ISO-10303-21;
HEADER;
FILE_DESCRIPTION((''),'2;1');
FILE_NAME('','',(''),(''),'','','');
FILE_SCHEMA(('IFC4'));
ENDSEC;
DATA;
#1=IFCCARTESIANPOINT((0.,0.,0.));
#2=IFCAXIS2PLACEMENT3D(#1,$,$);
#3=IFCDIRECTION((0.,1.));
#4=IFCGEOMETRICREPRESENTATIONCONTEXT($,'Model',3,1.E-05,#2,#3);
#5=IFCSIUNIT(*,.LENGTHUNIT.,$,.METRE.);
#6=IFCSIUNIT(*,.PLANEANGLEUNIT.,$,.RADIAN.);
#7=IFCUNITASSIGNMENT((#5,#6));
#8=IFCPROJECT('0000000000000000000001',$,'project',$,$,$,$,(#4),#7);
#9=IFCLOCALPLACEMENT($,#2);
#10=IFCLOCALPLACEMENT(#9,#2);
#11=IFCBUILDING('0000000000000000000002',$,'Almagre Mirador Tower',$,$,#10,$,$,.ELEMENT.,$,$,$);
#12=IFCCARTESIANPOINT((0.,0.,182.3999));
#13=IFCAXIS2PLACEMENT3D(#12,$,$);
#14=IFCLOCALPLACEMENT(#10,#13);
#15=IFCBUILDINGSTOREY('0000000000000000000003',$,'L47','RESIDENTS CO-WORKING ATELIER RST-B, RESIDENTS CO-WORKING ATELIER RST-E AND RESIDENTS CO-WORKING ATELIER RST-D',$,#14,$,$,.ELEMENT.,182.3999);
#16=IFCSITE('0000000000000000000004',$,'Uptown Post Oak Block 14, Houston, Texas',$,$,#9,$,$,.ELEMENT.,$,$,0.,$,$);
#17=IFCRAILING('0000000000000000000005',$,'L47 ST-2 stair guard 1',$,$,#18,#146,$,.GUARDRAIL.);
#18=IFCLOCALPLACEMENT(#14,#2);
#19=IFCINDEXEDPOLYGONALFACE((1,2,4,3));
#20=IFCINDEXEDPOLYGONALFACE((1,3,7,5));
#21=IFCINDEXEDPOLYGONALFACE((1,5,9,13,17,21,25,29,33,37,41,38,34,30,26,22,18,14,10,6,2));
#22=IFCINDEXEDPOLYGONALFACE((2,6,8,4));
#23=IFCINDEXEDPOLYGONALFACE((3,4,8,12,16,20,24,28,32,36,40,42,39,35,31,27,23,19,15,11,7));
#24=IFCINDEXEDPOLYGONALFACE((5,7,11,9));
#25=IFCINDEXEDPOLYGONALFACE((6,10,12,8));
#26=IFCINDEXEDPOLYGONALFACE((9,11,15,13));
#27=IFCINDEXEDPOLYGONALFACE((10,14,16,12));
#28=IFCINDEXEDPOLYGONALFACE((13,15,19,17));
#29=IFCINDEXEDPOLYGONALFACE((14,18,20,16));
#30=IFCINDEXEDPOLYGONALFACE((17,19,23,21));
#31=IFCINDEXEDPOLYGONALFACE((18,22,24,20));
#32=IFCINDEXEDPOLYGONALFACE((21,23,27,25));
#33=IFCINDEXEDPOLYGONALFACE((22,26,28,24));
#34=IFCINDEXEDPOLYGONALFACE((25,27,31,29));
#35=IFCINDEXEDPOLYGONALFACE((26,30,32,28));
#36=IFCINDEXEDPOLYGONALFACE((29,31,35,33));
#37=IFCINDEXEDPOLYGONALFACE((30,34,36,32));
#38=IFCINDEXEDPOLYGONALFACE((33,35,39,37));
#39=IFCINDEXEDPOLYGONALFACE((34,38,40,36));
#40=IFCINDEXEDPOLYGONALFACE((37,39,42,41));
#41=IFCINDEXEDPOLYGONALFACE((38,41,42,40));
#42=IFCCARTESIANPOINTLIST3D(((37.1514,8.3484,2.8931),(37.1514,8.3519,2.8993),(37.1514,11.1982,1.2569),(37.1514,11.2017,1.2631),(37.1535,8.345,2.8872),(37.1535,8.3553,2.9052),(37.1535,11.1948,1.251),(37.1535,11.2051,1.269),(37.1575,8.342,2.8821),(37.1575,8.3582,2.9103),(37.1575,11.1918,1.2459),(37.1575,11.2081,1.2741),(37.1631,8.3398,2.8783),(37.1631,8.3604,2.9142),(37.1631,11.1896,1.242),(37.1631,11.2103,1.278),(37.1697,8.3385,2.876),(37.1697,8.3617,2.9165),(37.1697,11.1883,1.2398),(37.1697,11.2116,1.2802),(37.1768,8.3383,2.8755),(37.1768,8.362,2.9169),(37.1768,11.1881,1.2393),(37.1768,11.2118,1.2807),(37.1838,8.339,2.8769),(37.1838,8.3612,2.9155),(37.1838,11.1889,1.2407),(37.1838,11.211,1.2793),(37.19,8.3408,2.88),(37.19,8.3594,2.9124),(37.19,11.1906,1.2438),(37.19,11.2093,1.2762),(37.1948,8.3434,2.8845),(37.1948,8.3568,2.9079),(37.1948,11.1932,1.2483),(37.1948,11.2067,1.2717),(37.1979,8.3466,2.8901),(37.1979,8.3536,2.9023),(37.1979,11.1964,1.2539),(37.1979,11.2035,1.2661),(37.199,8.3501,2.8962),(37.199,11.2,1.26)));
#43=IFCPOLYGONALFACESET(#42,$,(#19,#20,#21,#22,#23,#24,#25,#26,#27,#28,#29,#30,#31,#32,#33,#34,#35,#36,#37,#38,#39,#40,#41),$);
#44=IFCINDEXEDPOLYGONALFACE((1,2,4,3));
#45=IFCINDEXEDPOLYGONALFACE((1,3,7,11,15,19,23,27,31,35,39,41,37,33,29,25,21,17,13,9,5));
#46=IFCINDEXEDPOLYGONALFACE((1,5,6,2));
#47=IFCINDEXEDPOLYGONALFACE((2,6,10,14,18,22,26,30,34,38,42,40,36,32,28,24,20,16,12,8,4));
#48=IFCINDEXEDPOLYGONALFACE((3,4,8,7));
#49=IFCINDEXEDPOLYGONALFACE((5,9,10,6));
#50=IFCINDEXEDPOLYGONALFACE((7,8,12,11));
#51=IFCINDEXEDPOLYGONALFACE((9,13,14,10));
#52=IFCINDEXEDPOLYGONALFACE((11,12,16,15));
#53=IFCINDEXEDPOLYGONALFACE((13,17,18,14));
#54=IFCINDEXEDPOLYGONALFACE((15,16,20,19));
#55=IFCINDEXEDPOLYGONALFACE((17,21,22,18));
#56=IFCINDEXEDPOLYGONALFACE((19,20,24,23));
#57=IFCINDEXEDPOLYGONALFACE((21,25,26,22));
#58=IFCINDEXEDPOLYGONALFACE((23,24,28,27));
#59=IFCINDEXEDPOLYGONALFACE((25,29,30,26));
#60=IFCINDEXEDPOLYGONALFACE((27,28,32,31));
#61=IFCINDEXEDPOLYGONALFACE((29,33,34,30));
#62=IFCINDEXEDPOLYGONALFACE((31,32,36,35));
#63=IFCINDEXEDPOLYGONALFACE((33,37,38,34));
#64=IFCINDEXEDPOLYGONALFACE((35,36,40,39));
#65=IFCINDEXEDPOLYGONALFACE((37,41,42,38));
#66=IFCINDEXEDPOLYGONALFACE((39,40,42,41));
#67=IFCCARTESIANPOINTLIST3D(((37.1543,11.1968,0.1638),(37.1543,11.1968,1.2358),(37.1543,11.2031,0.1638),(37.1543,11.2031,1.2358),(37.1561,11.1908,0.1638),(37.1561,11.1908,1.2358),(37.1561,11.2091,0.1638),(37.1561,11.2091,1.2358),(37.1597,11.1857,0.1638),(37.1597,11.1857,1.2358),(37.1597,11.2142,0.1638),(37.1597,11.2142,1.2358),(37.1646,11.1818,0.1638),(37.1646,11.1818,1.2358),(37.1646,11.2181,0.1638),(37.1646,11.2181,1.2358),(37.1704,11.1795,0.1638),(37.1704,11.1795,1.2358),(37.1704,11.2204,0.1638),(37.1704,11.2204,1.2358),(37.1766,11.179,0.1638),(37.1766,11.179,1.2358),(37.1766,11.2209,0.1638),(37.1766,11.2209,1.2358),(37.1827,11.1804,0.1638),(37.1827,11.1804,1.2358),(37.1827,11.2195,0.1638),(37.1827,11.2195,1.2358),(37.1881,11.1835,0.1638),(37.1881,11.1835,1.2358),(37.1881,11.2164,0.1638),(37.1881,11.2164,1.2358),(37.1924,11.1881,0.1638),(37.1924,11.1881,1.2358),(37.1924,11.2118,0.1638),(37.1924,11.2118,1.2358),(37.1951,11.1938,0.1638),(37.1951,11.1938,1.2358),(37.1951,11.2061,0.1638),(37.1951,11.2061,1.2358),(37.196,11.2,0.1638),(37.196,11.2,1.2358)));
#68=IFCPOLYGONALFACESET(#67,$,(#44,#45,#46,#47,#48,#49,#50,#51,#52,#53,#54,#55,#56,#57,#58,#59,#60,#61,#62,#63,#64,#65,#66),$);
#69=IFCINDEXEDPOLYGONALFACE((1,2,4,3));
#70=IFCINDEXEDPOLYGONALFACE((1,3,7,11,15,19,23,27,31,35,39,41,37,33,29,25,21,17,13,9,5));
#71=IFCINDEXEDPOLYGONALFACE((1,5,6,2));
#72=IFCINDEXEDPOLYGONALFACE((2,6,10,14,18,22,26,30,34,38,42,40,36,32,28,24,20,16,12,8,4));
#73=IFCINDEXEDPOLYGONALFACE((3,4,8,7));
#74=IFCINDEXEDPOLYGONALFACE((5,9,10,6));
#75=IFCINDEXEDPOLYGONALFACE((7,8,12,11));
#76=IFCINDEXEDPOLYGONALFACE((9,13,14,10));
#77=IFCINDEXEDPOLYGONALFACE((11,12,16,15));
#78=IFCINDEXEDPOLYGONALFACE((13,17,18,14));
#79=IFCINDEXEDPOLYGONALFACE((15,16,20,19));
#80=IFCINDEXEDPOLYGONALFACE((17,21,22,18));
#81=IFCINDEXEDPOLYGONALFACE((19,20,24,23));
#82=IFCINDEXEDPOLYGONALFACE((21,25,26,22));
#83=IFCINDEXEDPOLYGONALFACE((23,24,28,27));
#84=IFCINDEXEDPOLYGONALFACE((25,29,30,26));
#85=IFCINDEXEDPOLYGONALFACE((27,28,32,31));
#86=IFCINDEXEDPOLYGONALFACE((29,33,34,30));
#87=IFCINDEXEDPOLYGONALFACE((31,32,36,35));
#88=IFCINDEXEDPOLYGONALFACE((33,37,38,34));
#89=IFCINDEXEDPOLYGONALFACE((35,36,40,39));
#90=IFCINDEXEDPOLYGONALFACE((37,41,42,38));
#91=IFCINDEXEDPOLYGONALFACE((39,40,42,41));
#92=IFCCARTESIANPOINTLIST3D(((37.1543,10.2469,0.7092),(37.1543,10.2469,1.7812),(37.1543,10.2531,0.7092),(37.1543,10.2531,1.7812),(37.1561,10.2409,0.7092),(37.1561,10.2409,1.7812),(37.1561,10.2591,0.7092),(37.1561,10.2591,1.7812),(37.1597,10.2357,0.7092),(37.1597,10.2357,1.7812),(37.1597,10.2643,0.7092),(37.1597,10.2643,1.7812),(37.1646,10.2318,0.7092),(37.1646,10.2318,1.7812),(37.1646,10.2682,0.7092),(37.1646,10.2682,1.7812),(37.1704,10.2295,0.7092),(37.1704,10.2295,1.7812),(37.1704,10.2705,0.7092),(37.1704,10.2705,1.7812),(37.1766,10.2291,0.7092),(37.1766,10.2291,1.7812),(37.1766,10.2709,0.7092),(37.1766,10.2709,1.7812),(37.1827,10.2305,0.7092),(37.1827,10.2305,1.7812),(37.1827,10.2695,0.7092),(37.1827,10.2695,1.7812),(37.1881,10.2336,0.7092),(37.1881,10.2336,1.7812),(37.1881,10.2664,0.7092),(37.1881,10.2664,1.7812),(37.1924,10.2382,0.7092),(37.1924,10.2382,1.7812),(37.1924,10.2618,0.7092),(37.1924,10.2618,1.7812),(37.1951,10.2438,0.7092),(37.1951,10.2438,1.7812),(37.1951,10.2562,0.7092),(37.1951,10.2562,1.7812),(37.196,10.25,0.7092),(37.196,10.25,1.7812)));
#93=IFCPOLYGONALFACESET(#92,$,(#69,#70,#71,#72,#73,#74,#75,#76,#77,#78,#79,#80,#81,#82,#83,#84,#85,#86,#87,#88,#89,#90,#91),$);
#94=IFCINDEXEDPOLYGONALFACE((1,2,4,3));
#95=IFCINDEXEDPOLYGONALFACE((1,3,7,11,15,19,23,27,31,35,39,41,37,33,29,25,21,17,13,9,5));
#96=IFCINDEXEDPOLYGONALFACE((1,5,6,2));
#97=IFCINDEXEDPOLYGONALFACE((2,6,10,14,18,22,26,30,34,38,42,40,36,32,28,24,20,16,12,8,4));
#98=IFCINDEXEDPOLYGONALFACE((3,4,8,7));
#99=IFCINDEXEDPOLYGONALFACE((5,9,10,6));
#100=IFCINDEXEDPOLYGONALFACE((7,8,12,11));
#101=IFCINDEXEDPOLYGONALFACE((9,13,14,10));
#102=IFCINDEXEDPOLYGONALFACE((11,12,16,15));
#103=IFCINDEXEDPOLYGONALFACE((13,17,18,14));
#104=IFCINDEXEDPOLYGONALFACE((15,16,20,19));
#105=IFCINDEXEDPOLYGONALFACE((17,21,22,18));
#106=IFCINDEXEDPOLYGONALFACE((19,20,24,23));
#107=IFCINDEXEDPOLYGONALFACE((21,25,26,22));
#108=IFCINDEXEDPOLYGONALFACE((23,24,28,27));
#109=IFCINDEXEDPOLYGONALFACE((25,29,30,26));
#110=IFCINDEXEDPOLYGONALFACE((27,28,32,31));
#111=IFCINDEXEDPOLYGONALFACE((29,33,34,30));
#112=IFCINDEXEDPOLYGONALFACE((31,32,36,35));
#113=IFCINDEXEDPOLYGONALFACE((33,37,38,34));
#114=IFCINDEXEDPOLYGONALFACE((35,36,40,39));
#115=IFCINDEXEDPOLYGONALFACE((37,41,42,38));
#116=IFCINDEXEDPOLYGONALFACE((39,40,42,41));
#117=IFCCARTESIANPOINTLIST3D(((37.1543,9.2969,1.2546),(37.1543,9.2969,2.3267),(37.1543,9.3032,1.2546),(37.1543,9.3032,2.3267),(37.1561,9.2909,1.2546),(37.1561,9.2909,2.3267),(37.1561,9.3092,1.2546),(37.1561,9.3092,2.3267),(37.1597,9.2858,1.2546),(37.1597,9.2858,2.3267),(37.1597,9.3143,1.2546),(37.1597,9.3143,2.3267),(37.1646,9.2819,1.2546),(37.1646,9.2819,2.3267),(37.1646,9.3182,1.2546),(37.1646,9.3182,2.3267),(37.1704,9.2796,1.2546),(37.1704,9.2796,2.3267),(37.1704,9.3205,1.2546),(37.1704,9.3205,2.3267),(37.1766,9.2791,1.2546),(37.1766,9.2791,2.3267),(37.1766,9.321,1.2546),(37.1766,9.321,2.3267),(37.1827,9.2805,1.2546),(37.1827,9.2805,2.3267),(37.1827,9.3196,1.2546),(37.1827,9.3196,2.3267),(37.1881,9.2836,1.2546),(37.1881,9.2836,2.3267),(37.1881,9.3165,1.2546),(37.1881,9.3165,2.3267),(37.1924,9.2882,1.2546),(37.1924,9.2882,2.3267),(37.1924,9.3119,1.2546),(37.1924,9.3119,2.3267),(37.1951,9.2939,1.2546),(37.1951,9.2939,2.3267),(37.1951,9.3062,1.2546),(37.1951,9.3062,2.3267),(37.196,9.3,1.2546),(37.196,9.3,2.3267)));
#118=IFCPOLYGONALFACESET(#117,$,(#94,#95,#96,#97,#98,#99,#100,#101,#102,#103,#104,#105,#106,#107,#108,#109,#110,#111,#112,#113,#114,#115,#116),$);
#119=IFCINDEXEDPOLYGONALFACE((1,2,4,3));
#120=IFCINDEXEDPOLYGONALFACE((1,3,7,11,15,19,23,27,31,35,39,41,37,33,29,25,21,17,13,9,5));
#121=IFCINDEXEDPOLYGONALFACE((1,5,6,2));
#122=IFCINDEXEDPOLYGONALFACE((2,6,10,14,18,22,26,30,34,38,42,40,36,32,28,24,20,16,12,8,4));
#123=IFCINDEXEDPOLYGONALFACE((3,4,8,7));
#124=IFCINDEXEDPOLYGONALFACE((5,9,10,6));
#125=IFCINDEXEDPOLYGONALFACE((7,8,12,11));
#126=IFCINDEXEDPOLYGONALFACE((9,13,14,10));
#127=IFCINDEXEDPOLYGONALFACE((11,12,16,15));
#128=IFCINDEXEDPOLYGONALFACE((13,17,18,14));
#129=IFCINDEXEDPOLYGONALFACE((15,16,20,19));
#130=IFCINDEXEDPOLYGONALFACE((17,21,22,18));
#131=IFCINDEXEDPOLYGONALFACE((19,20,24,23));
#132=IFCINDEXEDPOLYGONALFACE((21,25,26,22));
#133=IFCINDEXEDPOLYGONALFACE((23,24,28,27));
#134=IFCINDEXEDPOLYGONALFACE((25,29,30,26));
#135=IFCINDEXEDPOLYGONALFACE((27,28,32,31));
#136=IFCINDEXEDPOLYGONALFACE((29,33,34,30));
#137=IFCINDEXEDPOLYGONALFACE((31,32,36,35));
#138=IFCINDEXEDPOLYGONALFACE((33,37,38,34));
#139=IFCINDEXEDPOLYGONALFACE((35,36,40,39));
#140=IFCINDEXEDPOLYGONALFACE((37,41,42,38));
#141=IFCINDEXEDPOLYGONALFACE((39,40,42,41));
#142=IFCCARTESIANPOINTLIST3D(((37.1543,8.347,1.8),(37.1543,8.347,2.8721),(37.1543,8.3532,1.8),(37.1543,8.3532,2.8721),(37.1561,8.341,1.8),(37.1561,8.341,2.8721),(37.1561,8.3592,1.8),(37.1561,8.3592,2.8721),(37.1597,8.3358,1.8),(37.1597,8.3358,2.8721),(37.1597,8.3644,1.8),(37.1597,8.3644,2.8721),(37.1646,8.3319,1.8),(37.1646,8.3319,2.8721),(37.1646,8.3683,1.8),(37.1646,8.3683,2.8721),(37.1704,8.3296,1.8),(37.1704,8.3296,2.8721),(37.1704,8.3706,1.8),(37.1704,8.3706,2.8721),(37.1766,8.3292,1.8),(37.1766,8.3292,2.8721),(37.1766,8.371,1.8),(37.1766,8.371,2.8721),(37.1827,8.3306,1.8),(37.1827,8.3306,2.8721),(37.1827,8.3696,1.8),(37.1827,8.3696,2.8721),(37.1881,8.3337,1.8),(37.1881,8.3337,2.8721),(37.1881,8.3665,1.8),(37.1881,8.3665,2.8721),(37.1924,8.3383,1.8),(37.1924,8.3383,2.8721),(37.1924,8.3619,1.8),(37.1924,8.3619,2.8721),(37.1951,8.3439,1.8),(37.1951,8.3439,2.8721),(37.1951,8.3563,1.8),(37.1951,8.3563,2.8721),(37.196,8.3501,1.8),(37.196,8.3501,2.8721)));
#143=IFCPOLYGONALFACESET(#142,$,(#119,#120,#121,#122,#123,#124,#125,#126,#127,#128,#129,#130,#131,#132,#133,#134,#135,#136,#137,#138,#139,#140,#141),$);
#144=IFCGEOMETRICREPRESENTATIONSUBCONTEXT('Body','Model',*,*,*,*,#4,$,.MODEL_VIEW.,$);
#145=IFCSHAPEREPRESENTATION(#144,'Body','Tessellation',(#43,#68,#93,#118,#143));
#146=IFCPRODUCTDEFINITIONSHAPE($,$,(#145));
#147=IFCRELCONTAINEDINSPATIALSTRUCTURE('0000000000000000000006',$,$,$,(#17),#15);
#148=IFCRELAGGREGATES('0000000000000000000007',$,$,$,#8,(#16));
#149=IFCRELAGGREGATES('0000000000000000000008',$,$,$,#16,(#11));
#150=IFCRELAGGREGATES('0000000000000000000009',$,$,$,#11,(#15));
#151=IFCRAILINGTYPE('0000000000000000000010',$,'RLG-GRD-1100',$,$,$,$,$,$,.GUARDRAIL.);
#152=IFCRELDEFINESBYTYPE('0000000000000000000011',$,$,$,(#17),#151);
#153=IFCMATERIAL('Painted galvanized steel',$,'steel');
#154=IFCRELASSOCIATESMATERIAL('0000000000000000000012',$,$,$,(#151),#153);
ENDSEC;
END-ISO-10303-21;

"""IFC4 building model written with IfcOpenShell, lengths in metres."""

from ifc_helpers import new_model, si_unit, direction, frame, origin, origin_2d, place, context, subcontext, project, spatial, circle, extrude, material, type_object, element, save


model = new_model("IFC4")

# Units and contexts
model_context = context("Model", 3, precision=1e-05, world=origin(), true_north=direction((0.0, 1.0)))
body_context = subcontext(model_context, "Body", "Model", "MODEL_VIEW")
ifc_project = project(units=[si_unit("LENGTHUNIT", "METRE"), si_unit("PLANEANGLEUNIT", "RADIAN")], contexts=[model_context])

# Site, building, storey
site_placement = place(None, origin())
site = spatial("IfcSite", under=ifc_project, at=site_placement, Name="Uptown Post Oak Block 14, Houston, Texas", CompositionType="ELEMENT", RefElevation=0.0)
building_placement = place(site_placement, origin())
building = spatial("IfcBuilding", under=site, at=building_placement, Name="Almagre Mirador Tower", CompositionType="ELEMENT")
storey_placement = place(building_placement, frame((0.0, 0.0, 182.3999)))
storey = spatial("IfcBuildingStorey", under=building, at=storey_placement, Name="L47", Description="RESIDENTS CO-WORKING ATELIER RST-B, RESIDENTS CO-WORKING ATELIER RST-E AND RESIDENTS CO-WORKING ATELIER RST-D", CompositionType="ELEMENT", Elevation=182.3999)

# Railing
ifc_material_1 = material(Name="Painted galvanized steel", Category="steel")
railing_type_1 = type_object("IfcRailingType", Name="RLG-GRD-1100", PredefinedType="GUARDRAIL", material=ifc_material_1)
railing_1_placement = place(storey_placement, frame((37.175, 11.2, 0.1638)))
element("IfcRailing", 1, at=railing_1_placement, inside=storey, type_object=railing_type_1, Name="L47 ST-2 stair guard 1", PredefinedType="GUARDRAIL", context=body_context, shape_type="SweptSolid", body=[
    extrude(circle(Radius=0.0239, at=origin_2d()), frame((0.0, 0.0, 1.0962), z_axis=(0.0, -0.867226, 0.497914), x_axis=(1.0, 0.0, 0.0)), (0.0, 0.0, 1.0), 3.2861),
    extrude(circle(Radius=0.021, at=origin_2d()), origin(), (0.0, 0.0, 1.0), 1.072),
    extrude(circle(Radius=0.021, at=origin_2d()), frame((0.0, -0.95, 0.5454)), (0.0, 0.0, 1.0), 1.072),
    extrude(circle(Radius=0.021, at=origin_2d()), frame((0.0, -1.8999, 1.0908)), (0.0, 0.0, 1.0), 1.072),
    extrude(circle(Radius=0.021, at=origin_2d()), frame((0.0, -2.8499, 1.6362)), (0.0, 0.0, 1.0), 1.072),
])

save(model, "model.ifc")
